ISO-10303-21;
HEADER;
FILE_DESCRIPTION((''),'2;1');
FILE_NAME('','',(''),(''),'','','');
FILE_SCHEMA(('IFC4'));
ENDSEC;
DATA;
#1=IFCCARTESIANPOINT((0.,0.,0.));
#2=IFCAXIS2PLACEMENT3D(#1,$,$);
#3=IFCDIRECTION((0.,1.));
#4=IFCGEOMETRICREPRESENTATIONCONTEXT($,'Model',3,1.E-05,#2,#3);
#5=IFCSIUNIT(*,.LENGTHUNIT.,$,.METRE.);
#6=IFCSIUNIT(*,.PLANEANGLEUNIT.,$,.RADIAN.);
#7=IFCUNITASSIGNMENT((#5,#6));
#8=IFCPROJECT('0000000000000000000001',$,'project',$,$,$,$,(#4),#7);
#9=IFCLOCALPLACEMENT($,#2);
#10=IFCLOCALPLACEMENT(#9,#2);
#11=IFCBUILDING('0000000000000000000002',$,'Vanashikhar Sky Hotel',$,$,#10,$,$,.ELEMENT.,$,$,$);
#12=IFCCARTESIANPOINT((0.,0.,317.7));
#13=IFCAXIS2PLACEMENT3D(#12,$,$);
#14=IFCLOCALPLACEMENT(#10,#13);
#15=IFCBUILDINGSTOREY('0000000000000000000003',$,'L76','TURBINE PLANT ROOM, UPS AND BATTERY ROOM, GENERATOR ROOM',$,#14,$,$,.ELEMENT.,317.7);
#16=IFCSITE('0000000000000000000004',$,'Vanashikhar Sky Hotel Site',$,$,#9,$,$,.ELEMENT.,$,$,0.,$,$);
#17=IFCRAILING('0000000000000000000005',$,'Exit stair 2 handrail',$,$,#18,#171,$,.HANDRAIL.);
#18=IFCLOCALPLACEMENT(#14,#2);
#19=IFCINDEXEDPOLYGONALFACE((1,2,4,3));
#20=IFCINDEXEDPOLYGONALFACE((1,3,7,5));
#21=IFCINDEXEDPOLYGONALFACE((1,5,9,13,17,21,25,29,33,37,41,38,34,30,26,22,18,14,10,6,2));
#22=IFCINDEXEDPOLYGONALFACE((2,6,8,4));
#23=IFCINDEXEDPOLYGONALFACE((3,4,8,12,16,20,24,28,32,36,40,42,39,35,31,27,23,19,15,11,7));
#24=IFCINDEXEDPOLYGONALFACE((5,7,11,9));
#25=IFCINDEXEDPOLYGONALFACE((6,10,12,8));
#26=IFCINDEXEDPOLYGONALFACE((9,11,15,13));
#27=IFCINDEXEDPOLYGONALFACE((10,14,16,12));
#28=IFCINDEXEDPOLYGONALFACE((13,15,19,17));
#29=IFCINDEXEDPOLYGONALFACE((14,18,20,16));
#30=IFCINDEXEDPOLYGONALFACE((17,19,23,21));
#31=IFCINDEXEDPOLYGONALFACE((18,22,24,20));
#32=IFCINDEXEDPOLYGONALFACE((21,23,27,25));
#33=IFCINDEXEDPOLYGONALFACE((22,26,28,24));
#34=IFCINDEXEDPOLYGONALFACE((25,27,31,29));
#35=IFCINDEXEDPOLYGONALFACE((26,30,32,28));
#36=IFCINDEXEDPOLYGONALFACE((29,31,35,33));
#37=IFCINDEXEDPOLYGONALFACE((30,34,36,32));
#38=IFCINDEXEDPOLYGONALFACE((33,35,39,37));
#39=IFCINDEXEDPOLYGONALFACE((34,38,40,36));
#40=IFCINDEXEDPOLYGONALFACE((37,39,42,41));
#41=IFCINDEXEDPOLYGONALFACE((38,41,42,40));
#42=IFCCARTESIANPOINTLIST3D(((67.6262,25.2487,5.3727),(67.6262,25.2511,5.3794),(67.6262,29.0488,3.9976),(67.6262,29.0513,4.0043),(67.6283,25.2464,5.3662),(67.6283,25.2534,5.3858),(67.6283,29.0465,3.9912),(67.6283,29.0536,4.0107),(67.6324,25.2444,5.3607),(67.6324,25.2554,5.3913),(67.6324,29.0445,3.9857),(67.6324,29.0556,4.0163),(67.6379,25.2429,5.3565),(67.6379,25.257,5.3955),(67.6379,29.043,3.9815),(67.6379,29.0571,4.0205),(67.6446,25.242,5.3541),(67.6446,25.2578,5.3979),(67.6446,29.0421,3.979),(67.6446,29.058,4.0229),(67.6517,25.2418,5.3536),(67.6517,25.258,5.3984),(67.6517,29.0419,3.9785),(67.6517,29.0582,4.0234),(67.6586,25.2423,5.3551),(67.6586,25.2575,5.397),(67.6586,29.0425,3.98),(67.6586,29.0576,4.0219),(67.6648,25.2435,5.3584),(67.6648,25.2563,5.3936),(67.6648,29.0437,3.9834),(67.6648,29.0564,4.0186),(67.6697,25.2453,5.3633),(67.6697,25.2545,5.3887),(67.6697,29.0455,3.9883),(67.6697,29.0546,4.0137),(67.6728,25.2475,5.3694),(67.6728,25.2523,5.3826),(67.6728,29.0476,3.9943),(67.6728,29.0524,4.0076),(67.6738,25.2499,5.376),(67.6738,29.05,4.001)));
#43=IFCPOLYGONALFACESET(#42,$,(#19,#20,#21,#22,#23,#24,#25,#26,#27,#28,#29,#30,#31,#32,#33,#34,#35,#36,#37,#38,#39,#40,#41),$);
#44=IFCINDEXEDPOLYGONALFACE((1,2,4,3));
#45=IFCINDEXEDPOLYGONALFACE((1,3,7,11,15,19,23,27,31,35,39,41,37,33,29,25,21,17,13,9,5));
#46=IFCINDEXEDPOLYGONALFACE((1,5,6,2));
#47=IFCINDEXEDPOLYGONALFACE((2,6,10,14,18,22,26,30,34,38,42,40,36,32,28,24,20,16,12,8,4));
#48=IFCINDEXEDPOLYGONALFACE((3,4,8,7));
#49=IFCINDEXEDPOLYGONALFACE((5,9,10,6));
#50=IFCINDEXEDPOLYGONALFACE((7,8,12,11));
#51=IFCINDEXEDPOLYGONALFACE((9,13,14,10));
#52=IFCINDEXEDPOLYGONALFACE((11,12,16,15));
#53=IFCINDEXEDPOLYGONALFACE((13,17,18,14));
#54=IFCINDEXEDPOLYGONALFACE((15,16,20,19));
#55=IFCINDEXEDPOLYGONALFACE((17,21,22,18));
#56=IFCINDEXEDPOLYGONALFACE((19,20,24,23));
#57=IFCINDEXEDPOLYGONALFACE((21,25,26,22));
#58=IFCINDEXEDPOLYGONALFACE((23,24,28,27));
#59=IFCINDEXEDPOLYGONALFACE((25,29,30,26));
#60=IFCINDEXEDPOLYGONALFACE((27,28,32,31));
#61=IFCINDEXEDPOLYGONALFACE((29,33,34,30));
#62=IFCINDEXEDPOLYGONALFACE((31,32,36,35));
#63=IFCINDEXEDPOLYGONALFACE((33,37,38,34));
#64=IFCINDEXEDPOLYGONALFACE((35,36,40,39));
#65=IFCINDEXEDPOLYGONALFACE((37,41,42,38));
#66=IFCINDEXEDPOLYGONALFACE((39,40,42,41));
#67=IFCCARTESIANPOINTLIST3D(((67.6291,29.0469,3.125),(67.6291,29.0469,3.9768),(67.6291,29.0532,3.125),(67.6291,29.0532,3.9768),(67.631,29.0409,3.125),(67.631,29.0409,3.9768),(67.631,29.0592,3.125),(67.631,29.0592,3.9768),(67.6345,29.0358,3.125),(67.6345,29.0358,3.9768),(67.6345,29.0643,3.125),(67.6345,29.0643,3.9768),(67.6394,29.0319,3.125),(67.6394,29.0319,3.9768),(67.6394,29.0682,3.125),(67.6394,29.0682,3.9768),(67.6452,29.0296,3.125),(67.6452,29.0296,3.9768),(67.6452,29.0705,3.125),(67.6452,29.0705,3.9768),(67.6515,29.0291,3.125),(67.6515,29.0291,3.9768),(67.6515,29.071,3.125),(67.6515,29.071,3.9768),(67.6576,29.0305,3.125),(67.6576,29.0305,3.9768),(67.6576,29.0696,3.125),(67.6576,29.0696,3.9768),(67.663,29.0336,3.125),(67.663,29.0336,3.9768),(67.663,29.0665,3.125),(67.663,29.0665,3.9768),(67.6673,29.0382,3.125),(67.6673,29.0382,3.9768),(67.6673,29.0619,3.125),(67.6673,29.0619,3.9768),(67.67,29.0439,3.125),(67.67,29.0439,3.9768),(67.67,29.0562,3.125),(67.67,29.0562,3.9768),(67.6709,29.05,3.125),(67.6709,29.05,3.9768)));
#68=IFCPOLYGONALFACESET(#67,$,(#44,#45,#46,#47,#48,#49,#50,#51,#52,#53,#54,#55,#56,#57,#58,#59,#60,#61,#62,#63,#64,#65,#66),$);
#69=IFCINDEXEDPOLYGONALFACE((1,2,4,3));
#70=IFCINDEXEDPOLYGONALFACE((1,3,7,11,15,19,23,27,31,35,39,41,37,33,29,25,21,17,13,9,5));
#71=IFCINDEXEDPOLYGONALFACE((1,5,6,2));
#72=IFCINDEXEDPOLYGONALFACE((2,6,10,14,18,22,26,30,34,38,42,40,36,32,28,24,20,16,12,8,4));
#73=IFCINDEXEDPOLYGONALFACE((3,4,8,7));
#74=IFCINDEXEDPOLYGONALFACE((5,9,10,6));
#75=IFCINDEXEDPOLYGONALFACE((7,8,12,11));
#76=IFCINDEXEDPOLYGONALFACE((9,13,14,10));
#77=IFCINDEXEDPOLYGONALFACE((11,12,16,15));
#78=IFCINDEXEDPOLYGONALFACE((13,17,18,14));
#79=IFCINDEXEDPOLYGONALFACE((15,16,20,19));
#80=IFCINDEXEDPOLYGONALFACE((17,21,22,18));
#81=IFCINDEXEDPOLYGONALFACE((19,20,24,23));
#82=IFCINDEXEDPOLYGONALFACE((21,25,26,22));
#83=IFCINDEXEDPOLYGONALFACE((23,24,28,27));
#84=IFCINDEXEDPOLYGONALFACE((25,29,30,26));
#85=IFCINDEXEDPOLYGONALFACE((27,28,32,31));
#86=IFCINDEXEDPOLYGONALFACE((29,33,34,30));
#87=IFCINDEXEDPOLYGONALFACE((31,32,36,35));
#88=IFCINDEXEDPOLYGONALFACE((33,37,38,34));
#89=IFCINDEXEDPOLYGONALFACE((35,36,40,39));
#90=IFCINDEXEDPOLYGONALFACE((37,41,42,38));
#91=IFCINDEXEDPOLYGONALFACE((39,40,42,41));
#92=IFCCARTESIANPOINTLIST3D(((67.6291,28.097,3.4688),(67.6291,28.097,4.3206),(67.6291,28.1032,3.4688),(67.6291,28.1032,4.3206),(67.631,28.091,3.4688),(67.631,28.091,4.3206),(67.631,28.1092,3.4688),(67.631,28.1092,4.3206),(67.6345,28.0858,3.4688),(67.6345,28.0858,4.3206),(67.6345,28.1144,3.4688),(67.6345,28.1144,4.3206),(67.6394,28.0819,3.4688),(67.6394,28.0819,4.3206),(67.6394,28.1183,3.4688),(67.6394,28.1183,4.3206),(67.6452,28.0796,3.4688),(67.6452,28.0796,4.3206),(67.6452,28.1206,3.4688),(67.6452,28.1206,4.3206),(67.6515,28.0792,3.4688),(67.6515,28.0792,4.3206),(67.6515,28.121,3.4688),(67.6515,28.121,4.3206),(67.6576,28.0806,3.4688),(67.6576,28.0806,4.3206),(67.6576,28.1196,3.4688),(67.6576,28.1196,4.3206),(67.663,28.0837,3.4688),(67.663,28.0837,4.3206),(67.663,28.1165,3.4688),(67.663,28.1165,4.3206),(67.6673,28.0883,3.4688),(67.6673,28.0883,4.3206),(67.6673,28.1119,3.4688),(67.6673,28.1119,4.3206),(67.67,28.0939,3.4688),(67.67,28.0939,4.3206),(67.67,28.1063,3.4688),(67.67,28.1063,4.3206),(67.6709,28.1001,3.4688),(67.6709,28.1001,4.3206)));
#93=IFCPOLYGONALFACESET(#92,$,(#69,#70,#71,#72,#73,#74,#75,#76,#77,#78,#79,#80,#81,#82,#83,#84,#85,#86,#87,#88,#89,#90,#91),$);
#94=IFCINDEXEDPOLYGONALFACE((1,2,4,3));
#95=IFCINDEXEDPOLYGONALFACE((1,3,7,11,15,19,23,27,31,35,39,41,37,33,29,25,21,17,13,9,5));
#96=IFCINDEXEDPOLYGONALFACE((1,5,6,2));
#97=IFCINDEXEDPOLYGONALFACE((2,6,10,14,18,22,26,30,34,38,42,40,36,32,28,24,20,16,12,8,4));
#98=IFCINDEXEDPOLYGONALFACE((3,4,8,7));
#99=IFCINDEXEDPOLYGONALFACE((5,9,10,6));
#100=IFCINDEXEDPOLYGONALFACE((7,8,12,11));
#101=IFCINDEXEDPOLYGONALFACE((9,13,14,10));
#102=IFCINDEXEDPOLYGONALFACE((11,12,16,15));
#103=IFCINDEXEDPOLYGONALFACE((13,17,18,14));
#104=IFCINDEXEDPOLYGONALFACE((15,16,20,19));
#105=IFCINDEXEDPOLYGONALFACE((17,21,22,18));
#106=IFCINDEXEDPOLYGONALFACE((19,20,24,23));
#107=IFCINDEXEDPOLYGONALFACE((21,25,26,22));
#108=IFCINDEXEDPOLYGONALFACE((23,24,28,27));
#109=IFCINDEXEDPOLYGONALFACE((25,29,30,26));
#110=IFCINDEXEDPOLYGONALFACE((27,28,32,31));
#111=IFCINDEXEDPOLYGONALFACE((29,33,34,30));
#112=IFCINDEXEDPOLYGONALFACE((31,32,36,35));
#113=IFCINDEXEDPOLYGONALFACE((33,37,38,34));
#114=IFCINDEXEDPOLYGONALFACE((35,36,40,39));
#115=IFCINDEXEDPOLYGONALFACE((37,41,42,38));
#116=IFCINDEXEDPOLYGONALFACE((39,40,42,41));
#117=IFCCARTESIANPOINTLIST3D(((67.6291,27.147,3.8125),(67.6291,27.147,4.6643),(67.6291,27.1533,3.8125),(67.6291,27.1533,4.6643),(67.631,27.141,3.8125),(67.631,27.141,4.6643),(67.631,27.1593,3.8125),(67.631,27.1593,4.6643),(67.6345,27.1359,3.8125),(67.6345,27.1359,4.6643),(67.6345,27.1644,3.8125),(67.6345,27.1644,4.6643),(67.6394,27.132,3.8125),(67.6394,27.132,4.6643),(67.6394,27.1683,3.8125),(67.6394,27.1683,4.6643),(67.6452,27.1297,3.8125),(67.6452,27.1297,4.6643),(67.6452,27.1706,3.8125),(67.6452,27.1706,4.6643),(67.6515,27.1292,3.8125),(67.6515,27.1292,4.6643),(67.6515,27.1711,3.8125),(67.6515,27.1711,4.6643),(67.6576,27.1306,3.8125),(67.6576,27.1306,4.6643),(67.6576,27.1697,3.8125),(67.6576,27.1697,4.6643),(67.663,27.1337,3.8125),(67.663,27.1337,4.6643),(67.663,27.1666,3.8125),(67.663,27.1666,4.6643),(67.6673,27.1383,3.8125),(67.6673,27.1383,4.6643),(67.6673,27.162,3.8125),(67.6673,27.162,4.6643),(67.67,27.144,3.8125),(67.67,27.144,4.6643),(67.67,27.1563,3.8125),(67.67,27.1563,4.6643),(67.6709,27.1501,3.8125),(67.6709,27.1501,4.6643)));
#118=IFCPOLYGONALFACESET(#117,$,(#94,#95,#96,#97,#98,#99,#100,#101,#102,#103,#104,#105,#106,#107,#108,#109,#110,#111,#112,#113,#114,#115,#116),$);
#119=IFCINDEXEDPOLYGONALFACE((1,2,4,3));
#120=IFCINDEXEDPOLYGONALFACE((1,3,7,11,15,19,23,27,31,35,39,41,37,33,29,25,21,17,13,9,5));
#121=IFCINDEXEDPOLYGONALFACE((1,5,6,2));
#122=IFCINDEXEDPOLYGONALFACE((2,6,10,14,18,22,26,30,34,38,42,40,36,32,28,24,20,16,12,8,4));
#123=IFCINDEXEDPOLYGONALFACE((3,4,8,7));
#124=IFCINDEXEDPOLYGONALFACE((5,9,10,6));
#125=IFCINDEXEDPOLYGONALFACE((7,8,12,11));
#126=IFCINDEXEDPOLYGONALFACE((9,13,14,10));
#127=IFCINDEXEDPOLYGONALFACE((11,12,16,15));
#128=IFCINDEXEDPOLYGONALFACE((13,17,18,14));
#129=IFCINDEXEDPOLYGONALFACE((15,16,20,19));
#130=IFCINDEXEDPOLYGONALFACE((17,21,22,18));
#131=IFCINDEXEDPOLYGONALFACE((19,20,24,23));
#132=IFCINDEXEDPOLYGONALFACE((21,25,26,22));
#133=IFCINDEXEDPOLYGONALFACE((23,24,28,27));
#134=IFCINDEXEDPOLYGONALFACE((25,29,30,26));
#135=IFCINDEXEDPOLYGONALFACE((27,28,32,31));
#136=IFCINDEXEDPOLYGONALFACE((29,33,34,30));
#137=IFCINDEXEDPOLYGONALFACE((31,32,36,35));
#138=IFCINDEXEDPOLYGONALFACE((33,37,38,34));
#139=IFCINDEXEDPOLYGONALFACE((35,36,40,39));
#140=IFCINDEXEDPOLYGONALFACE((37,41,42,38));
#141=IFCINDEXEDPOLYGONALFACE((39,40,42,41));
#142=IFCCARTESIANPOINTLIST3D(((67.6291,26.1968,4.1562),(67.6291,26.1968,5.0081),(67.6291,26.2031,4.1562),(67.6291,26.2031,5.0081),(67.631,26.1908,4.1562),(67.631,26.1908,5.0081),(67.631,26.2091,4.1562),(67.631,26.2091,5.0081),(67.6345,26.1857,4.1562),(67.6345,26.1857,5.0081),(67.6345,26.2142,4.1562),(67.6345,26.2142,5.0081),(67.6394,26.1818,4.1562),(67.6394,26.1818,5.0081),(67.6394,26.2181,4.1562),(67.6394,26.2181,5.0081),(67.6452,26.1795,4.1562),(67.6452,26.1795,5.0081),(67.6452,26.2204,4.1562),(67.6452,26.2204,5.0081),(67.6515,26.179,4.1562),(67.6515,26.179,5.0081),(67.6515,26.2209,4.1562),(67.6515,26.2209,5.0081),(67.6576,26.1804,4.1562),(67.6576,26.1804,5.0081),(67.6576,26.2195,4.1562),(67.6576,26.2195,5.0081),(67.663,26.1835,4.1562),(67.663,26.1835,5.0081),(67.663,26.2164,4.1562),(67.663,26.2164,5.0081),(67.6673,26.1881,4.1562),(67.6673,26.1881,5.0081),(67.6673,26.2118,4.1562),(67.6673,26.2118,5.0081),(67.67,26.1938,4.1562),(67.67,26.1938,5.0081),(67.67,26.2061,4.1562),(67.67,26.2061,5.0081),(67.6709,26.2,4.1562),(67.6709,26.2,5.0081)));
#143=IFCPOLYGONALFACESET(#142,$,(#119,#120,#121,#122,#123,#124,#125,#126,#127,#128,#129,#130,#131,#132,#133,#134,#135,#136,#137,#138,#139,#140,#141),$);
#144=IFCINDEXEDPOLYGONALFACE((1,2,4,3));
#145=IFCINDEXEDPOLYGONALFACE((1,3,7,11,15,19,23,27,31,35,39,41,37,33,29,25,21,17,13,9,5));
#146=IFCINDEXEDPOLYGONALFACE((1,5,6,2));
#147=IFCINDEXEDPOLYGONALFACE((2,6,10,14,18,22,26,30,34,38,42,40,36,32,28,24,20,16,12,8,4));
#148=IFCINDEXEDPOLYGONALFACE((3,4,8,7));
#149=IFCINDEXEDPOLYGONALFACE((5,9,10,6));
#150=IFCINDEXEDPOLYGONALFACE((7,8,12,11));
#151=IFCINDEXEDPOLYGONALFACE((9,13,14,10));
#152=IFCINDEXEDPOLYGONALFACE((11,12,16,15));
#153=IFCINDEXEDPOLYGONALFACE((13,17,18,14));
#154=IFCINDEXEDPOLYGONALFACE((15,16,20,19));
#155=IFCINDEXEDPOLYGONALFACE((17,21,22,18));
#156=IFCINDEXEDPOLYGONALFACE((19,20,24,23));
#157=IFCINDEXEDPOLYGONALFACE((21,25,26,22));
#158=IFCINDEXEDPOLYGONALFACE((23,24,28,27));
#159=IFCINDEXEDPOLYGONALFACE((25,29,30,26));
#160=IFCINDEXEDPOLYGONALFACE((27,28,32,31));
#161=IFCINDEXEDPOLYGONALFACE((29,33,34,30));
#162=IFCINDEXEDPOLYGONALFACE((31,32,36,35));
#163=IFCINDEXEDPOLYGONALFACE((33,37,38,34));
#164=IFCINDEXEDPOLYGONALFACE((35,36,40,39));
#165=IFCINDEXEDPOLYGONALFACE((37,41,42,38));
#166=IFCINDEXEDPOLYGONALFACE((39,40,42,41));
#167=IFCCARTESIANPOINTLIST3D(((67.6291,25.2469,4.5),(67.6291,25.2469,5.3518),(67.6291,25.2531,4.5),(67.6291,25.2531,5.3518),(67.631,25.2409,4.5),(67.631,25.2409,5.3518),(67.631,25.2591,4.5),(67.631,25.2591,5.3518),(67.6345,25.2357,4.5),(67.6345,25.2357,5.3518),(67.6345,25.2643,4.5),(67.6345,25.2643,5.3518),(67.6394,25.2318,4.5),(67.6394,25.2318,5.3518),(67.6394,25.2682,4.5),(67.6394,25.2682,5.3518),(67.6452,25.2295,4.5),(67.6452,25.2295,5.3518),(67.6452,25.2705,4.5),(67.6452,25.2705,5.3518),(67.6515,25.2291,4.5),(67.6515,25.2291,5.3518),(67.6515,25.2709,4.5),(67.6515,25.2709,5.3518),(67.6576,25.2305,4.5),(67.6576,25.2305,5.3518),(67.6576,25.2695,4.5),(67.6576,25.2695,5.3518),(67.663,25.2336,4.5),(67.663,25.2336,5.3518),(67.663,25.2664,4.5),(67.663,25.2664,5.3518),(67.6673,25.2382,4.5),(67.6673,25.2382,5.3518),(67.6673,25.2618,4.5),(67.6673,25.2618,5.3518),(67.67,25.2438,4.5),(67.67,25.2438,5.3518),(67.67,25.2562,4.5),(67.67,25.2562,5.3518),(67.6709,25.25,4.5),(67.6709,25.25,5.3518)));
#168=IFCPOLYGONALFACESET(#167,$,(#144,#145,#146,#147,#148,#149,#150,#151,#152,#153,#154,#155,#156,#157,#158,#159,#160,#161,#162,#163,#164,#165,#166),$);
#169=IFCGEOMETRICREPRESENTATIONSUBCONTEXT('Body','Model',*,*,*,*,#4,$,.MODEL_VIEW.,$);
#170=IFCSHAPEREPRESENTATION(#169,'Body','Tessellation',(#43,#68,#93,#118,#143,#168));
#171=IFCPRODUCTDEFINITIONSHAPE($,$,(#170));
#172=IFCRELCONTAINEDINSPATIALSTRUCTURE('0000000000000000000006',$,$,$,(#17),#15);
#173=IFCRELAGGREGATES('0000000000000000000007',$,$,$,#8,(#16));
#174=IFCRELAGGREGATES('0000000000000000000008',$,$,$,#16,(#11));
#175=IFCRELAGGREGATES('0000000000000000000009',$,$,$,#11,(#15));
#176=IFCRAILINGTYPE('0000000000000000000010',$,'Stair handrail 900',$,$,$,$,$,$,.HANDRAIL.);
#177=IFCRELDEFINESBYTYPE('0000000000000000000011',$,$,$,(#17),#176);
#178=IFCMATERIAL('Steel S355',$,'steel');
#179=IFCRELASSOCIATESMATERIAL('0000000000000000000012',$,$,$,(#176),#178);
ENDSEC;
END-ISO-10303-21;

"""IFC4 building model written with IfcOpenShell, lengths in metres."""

from ifc_helpers import new_model, si_unit, direction, frame, origin, origin_2d, place, context, subcontext, project, spatial, circle, extrude, source, transform, mapped, material, type_object, element, save


model = new_model("IFC4")

# Units and contexts
model_context = context("Model", 3, precision=1e-05, world=origin(), true_north=direction((0.0, 1.0)))
body_context = subcontext(model_context, "Body", "Model", "MODEL_VIEW")
ifc_project = project(units=[si_unit("LENGTHUNIT", "METRE"), si_unit("PLANEANGLEUNIT", "RADIAN")], contexts=[model_context])

# Site, building, storey
site_placement = place(None, origin())
site = spatial("IfcSite", under=ifc_project, at=site_placement, Name="Vanashikhar Sky Hotel Site", CompositionType="ELEMENT", RefElevation=0.0)
building_placement = place(site_placement, origin())
building = spatial("IfcBuilding", under=site, at=building_placement, Name="Vanashikhar Sky Hotel", CompositionType="ELEMENT")
storey_placement = place(building_placement, frame((0.0, 0.0, 317.7)))
storey = spatial("IfcBuildingStorey", under=building, at=storey_placement, Name="L76", Description="TURBINE PLANT ROOM, UPS AND BATTERY ROOM, GENERATOR ROOM", CompositionType="ELEMENT", Elevation=317.7)

# Railing
ifc_material_1 = material(Name="Steel S355", Category="steel")
railing_type = type_object("IfcRailingType", Name="Stair handrail 900", PredefinedType="HANDRAIL", material=ifc_material_1)
shared_shape_1 = source(origin(), body_context, "Body", "SweptSolid", [
    extrude(circle(Radius=0.0239, at=origin_2d()), frame((0.0, 0.0, 0.876), z_axis=(0.0, -0.940336, 0.340249), x_axis=(1.0, 0.0, 0.0)), (0.0, 0.0, 1.0), 4.0413),
    extrude(circle(Radius=0.021, at=origin_2d()), origin(), (0.0, 0.0, 1.0), 0.8518),
    extrude(circle(Radius=0.021, at=origin_2d()), frame((0.0, -0.95, 0.3438)), (0.0, 0.0, 1.0), 0.8518),
    extrude(circle(Radius=0.021, at=origin_2d()), frame((0.0, -1.8999, 0.6875)), (0.0, 0.0, 1.0), 0.8518),
    extrude(circle(Radius=0.021, at=origin_2d()), frame((0.0, -2.8501, 1.0312)), (0.0, 0.0, 1.0), 0.8518),
    extrude(circle(Radius=0.021, at=origin_2d()), frame((0.0, -3.8, 1.375)), (0.0, 0.0, 1.0), 0.8518),
])
for number, where, name in (
    (1, (67.6499, 29.05, 3.125), "Exit stair 2 handrail"),
):
    element("IfcRailing", number, at=place(storey_placement, frame(where)), inside=storey, type_object=railing_type, Name=name, PredefinedType="HANDRAIL", context=body_context, shape_type="MappedRepresentation", body=[
        mapped(shared_shape_1, transform((0.0, 0.0, 0.0), scale=1.0)),
    ])

save(model, "model.ifc")
